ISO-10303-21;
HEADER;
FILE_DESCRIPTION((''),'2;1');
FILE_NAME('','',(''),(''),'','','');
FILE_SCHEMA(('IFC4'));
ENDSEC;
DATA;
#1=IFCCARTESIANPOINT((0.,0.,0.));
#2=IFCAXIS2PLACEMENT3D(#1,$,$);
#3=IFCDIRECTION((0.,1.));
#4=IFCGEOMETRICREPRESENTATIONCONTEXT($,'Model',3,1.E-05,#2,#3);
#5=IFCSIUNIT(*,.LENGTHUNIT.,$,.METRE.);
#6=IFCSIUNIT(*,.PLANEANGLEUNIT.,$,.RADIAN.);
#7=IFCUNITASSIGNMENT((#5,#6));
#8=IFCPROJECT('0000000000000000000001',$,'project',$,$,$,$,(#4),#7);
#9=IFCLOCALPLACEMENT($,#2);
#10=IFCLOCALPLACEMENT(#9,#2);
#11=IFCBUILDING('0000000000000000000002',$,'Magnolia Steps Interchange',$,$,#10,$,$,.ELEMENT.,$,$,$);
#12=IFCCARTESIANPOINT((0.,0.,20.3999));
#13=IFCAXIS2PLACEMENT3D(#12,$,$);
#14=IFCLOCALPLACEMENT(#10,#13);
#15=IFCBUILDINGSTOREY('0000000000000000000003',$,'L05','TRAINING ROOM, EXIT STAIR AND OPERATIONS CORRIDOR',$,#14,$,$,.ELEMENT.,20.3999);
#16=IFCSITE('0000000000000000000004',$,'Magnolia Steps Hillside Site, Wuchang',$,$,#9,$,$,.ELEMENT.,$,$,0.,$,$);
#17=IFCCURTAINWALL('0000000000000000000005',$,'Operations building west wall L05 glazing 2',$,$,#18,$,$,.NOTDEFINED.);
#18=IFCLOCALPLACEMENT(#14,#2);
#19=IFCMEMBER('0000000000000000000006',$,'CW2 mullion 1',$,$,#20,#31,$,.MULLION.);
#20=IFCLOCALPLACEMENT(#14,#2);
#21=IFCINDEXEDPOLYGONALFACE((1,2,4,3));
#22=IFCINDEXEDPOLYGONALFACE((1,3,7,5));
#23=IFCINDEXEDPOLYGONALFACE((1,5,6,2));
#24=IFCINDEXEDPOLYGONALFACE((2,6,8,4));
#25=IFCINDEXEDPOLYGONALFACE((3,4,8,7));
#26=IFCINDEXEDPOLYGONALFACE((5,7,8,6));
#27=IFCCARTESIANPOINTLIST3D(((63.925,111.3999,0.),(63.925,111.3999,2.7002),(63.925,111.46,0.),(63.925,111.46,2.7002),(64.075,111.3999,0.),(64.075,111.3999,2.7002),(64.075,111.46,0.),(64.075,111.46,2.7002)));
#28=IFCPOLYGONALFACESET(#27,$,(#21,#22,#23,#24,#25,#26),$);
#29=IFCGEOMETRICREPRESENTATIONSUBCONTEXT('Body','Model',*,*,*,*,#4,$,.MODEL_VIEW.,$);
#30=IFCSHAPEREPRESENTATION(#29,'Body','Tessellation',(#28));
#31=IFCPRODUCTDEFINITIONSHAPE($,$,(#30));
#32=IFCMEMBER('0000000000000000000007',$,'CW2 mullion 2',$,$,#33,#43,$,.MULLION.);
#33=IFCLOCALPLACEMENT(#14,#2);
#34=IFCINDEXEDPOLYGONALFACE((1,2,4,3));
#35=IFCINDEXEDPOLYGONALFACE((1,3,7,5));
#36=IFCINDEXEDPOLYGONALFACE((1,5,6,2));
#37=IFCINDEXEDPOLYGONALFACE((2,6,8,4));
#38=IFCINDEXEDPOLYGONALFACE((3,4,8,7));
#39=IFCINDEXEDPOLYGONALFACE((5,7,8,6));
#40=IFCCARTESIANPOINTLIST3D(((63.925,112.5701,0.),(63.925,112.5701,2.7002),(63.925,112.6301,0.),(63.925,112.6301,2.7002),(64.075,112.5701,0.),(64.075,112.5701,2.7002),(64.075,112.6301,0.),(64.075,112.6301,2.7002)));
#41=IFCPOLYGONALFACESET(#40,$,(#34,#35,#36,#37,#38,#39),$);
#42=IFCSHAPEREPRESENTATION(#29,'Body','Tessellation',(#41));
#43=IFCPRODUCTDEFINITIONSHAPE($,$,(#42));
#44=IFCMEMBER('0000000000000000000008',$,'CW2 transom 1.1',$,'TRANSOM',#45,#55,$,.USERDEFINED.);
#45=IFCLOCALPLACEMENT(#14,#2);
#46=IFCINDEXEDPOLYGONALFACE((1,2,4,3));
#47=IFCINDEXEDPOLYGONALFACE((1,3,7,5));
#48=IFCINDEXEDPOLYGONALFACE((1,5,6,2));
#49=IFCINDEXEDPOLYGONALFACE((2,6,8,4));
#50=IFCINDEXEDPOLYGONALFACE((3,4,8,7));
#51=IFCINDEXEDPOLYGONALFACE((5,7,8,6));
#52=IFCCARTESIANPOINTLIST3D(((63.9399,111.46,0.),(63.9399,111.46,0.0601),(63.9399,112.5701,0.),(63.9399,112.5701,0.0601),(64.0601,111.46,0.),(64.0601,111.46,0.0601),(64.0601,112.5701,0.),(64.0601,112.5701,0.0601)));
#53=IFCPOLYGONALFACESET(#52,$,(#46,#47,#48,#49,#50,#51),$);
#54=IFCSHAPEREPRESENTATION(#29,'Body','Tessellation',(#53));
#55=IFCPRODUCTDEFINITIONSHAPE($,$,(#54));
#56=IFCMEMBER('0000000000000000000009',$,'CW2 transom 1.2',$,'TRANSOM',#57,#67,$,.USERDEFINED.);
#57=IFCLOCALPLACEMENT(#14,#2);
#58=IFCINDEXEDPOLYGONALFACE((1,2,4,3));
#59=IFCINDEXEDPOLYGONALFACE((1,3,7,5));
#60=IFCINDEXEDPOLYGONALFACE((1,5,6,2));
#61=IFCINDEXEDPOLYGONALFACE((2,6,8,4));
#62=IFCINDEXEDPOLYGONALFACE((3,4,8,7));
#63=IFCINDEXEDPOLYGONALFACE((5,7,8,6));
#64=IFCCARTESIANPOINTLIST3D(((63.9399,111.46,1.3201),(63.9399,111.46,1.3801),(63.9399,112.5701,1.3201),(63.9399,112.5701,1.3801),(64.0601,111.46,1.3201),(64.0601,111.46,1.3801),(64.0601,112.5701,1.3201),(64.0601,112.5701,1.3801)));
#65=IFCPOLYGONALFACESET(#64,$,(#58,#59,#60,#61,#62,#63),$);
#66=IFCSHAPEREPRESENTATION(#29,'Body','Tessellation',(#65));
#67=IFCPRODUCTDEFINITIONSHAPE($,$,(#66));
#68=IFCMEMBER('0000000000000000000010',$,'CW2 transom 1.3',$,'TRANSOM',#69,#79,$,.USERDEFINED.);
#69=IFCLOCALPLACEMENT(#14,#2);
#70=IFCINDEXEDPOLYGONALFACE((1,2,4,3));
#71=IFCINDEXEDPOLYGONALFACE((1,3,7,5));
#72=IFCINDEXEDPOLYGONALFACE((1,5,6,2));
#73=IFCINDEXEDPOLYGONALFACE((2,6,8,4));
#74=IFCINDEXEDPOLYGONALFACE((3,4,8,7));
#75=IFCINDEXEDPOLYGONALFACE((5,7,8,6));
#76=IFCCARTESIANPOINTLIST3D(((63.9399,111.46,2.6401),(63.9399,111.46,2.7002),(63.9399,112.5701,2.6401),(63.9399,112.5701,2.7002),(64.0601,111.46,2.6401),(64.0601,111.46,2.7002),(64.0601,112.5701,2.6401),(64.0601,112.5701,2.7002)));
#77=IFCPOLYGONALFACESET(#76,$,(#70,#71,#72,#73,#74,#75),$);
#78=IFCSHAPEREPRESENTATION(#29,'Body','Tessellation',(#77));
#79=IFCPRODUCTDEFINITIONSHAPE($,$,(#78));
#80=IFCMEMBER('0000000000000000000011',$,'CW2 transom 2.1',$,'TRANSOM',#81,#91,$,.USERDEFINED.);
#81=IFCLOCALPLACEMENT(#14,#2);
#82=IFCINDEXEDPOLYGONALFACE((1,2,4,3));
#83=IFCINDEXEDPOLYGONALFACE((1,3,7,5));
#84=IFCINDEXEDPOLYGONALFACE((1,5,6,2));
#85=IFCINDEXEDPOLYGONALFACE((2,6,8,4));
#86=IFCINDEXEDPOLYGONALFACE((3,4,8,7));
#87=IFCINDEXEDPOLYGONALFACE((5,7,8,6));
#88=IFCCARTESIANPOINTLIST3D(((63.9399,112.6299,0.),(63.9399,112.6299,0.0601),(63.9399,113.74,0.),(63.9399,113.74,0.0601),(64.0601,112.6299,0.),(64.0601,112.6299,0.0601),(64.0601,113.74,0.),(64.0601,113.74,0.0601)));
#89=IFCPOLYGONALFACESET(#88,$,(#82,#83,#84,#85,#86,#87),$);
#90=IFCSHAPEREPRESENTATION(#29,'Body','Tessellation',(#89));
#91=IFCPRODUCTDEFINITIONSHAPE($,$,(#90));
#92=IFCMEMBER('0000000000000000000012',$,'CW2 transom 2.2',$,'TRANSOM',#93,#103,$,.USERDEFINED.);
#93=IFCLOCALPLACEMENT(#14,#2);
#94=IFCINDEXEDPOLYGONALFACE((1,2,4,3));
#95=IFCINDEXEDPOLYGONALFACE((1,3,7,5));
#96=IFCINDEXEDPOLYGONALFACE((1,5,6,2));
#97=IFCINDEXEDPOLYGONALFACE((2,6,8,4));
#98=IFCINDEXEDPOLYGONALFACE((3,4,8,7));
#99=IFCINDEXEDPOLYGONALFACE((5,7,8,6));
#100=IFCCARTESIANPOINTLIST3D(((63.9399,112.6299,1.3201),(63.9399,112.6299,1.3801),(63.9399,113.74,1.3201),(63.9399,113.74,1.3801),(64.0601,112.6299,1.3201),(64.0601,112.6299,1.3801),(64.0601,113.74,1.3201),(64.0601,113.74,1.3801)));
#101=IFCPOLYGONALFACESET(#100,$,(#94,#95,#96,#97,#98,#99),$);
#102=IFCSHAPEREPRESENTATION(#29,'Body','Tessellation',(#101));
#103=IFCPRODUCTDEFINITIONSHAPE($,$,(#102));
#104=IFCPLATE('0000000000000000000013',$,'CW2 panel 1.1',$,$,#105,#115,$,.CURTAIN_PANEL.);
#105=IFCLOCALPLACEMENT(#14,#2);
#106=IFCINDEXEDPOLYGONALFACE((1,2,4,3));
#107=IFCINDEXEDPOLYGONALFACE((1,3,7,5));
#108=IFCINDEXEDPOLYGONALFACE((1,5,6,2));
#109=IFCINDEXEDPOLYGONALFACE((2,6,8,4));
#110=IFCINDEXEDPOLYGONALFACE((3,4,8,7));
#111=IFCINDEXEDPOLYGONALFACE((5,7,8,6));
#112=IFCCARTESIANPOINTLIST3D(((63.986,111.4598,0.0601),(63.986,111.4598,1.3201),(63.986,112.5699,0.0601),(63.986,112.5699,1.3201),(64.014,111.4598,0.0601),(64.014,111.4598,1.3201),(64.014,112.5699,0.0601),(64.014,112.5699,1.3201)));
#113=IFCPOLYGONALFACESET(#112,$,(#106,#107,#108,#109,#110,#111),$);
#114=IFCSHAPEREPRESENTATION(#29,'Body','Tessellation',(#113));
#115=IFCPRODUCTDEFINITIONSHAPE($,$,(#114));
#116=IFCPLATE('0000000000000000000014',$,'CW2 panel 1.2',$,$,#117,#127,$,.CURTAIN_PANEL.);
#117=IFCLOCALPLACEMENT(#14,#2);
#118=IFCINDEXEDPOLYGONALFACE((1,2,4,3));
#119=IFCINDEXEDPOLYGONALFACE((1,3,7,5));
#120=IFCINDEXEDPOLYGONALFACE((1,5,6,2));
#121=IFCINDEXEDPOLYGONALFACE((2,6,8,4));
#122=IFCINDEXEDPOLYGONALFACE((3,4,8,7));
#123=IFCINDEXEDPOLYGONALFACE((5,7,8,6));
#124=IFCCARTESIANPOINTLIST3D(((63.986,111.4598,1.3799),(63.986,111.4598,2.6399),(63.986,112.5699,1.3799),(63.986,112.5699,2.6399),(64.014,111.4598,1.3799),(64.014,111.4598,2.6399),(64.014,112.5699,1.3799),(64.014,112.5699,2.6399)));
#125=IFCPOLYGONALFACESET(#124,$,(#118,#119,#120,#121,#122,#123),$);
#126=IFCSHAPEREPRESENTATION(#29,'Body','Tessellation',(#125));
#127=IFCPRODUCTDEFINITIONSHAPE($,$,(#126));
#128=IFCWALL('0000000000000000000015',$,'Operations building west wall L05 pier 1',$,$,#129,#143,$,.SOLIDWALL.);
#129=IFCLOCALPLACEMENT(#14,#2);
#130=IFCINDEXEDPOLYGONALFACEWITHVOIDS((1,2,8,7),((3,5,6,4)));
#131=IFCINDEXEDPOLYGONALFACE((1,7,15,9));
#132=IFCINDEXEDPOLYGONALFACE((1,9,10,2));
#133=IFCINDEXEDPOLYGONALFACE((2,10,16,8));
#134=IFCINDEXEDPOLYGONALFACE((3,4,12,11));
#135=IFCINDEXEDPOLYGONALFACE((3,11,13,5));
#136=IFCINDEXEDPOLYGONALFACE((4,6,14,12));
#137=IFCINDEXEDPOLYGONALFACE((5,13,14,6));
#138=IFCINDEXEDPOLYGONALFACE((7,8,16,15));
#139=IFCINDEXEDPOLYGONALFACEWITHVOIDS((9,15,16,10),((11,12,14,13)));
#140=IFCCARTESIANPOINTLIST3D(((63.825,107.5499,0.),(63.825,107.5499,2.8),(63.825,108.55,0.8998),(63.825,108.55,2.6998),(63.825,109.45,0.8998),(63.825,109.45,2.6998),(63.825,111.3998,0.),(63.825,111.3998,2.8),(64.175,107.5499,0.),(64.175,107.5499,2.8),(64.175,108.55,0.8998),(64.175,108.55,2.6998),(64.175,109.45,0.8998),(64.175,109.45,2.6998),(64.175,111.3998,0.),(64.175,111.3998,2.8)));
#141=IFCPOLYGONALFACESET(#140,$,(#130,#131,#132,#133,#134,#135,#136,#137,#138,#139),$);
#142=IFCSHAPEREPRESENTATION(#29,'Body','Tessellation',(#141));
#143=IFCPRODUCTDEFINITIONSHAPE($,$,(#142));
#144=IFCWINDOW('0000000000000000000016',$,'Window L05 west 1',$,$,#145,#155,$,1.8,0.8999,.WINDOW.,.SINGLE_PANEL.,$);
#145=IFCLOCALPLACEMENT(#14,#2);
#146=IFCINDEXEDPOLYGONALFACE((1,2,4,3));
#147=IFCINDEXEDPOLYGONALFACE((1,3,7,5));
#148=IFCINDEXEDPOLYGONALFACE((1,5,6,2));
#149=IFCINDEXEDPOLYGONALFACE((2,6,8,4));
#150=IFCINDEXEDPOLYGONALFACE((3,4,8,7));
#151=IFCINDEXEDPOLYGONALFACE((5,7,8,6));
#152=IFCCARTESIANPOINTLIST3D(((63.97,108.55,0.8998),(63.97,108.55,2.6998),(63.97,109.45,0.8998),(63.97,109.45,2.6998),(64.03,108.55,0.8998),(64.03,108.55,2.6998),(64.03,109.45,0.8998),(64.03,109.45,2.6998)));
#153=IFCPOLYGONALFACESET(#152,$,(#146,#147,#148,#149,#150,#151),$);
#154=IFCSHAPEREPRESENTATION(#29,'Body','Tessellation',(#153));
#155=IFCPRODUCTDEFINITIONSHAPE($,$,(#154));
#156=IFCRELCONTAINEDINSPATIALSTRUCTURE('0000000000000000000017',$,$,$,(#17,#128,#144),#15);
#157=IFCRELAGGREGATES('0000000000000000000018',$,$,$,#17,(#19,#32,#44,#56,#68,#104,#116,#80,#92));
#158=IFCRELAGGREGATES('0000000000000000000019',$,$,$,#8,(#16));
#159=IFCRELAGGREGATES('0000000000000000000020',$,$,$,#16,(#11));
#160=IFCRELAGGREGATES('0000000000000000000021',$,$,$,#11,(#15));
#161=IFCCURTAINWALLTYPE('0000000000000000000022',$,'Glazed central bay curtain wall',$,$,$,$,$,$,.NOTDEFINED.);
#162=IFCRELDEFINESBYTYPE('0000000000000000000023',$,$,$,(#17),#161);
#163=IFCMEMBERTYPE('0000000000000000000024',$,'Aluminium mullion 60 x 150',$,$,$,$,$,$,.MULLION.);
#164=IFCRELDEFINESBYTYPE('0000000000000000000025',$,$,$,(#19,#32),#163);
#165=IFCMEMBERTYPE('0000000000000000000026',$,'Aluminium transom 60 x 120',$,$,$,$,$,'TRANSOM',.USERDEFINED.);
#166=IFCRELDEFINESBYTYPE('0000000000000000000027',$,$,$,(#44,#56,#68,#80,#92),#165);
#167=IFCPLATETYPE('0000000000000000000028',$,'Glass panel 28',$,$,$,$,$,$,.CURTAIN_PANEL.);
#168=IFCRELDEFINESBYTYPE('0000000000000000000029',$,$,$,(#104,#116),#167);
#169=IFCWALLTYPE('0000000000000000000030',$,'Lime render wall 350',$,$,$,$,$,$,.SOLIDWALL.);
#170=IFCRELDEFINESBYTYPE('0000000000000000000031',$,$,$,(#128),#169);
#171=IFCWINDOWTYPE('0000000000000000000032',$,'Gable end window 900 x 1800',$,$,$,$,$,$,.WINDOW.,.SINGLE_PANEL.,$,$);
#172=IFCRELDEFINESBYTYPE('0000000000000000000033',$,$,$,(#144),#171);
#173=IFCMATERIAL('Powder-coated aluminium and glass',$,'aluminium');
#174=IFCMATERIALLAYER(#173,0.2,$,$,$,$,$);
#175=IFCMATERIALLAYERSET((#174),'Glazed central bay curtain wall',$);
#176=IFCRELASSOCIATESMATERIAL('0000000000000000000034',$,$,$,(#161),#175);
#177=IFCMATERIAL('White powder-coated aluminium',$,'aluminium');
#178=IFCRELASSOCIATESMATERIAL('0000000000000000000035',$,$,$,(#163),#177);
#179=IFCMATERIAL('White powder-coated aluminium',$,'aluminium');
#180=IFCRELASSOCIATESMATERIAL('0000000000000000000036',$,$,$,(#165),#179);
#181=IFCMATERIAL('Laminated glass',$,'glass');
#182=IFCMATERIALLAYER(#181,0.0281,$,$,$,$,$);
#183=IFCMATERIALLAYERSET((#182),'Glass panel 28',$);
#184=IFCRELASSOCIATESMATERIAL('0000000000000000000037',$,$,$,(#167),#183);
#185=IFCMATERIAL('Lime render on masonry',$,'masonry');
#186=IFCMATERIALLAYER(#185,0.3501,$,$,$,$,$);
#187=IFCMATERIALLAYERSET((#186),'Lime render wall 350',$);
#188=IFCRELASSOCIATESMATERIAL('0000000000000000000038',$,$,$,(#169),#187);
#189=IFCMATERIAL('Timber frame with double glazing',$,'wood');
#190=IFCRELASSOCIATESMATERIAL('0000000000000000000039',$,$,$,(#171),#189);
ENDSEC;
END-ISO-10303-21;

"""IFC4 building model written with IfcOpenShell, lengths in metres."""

from ifc_helpers import new_model, si_unit, direction, frame, frame_2d, origin, origin_2d, place, context, subcontext, project, spatial, rectangle, extrude, material, layer, layer_set, material_profile, profile_set, type_object, element, fill, aggregate, save


model = new_model("IFC4")

# Units and contexts
model_context = context("Model", 3, precision=1e-05, world=origin(), true_north=direction((0.0, 1.0)))
body_context = subcontext(model_context, "Body", "Model", "MODEL_VIEW")
ifc_project = project(units=[si_unit("LENGTHUNIT", "METRE"), si_unit("PLANEANGLEUNIT", "RADIAN")], contexts=[model_context])

# Site, building, storey
site_placement = place(None, origin())
site = spatial("IfcSite", under=ifc_project, at=site_placement, Name="Magnolia Steps Hillside Site, Wuchang", CompositionType="ELEMENT", RefElevation=0.0)
building_placement = place(site_placement, origin())
building = spatial("IfcBuilding", under=site, at=building_placement, Name="Magnolia Steps Interchange", CompositionType="ELEMENT")
storey_placement = place(building_placement, frame((0.0, 0.0, 20.3999)))
storey = spatial("IfcBuildingStorey", under=building, at=storey_placement, Name="L05", Description="TRAINING ROOM, EXIT STAIR AND OPERATIONS CORRIDOR", CompositionType="ELEMENT", Elevation=20.3999)

# Curtain wall, members, plates
ifc_material_1 = material(Name="Powder-coated aluminium and glass", Category="aluminium")
ifc_layer_1 = layer(ifc_material_1, 0.2)
ifc_layer_set_1 = layer_set([ifc_layer_1], Name="Glazed central bay curtain wall")
curtain_wall_type = type_object("IfcCurtainWallType", Name="Glazed central bay curtain wall", PredefinedType="NOTDEFINED", material=ifc_layer_set_1)
curtain_wall_placement = place(storey_placement, origin())
curtain_wall = element("IfcCurtainWall", 1, at=curtain_wall_placement, inside=storey, type_object=curtain_wall_type, Name="Operations building west wall L05 glazing 2", PredefinedType="NOTDEFINED")
ifc_material_2 = material(Name="White powder-coated aluminium", Category="aluminium")
ifc_material_profile_1 = material_profile(ifc_material_2, rectangle(XDim=0.0601, YDim=0.1499, at=origin_2d()), Name="Aluminium mullion 60 x 150")
ifc_profile_set_1 = profile_set([ifc_material_profile_1], Name="White powder-coated aluminium")
member_type_1 = type_object("IfcMemberType", Name="Aluminium mullion 60 x 150", PredefinedType="MULLION", material=ifc_profile_set_1)
member_1_placement = place(storey_placement, frame((64.0, 111.4299, 0.0), z_axis=(0.0, 0.0, 1.0), x_axis=(0.0, 1.0, 0.0)))
member_1 = element("IfcMember", 2, at=member_1_placement, type_object=member_type_1, Name="CW2 mullion 1", PredefinedType="MULLION", context=body_context, shape_type="SweptSolid", body=[
    extrude(rectangle(XDim=0.0601, YDim=0.1499, at=origin_2d()), origin(), (0.0, 0.0, 1.0), 2.7002),
])
member_2_placement = place(storey_placement, frame((64.0, 112.6001, 0.0), z_axis=(0.0, 0.0, 1.0), x_axis=(0.0, 1.0, 0.0)))
member_2 = element("IfcMember", 3, at=member_2_placement, type_object=member_type_1, Name="CW2 mullion 2", PredefinedType="MULLION", context=body_context, shape_type="SweptSolid", body=[
    extrude(rectangle(XDim=0.0601, YDim=0.1499, at=origin_2d()), origin(), (0.0, 0.0, 1.0), 2.7002),
])
ifc_material_3 = material(Name="White powder-coated aluminium", Category="aluminium")
ifc_material_profile_2 = material_profile(ifc_material_3, rectangle(XDim=0.0601, YDim=0.1201, at=origin_2d()), Name="Aluminium transom 60 x 120")
ifc_profile_set_2 = profile_set([ifc_material_profile_2], Name="White powder-coated aluminium")
member_type_2 = type_object("IfcMemberType", Name="Aluminium transom 60 x 120", ElementType="TRANSOM", PredefinedType="USERDEFINED", material=ifc_profile_set_2)
member_3_placement = place(storey_placement, frame((64.0, 111.46, 0.03), z_axis=(0.0, 1.0, 0.0), x_axis=(0.0, 0.0, 1.0)))
member_3 = element("IfcMember", 4, at=member_3_placement, type_object=member_type_2, Name="CW2 transom 1.1", ObjectType="TRANSOM", PredefinedType="USERDEFINED", context=body_context, shape_type="SweptSolid", body=[
    extrude(rectangle(XDim=0.0601, YDim=0.1201, at=origin_2d()), origin(), (0.0, 0.0, 1.0), 1.1101),
])
member_4_placement = place(storey_placement, frame((64.0, 111.46, 1.3501), z_axis=(0.0, 1.0, 0.0), x_axis=(0.0, 0.0, 1.0)))
member_4 = element("IfcMember", 5, at=member_4_placement, type_object=member_type_2, Name="CW2 transom 1.2", ObjectType="TRANSOM", PredefinedType="USERDEFINED", context=body_context, shape_type="SweptSolid", body=[
    extrude(rectangle(XDim=0.0601, YDim=0.1201, at=origin_2d()), origin(), (0.0, 0.0, 1.0), 1.1101),
])
member_5_placement = place(storey_placement, frame((64.0, 111.46, 2.6702), z_axis=(0.0, 1.0, 0.0), x_axis=(0.0, 0.0, 1.0)))
member_5 = element("IfcMember", 6, at=member_5_placement, type_object=member_type_2, Name="CW2 transom 1.3", ObjectType="TRANSOM", PredefinedType="USERDEFINED", context=body_context, shape_type="SweptSolid", body=[
    extrude(rectangle(XDim=0.0601, YDim=0.1201, at=origin_2d()), origin(), (0.0, 0.0, 1.0), 1.1101),
])
member_6_placement = place(storey_placement, frame((64.0, 112.6299, 0.03), z_axis=(0.0, 1.0, 0.0), x_axis=(0.0, 0.0, 1.0)))
member_6 = element("IfcMember", 7, at=member_6_placement, type_object=member_type_2, Name="CW2 transom 2.1", ObjectType="TRANSOM", PredefinedType="USERDEFINED", context=body_context, shape_type="SweptSolid", body=[
    extrude(rectangle(XDim=0.0601, YDim=0.1201, at=origin_2d()), origin(), (0.0, 0.0, 1.0), 1.1101),
])
member_7_placement = place(storey_placement, frame((64.0, 112.6299, 1.3501), z_axis=(0.0, 1.0, 0.0), x_axis=(0.0, 0.0, 1.0)))
member_7 = element("IfcMember", 8, at=member_7_placement, type_object=member_type_2, Name="CW2 transom 2.2", ObjectType="TRANSOM", PredefinedType="USERDEFINED", context=body_context, shape_type="SweptSolid", body=[
    extrude(rectangle(XDim=0.0601, YDim=0.1201, at=origin_2d()), origin(), (0.0, 0.0, 1.0), 1.1101),
])
ifc_material_4 = material(Name="Laminated glass", Category="glass")
ifc_layer_2 = layer(ifc_material_4, 0.0281)
ifc_layer_set_2 = layer_set([ifc_layer_2], Name="Glass panel 28")
plate_type = type_object("IfcPlateType", Name="Glass panel 28", PredefinedType="CURTAIN_PANEL", material=ifc_layer_set_2)
plate_1_placement = place(storey_placement, frame((64.0, 112.0149, 0.0601), z_axis=(0.0, 0.0, 1.0), x_axis=(0.0, 1.0, 0.0)))
plate_1 = element("IfcPlate", 9, at=plate_1_placement, type_object=plate_type, Name="CW2 panel 1.1", PredefinedType="CURTAIN_PANEL", context=body_context, shape_type="SweptSolid", body=[
    extrude(rectangle(XDim=1.1101, YDim=0.0281, at=origin_2d()), origin(), (0.0, 0.0, 1.0), 1.26),
])
plate_2_placement = place(storey_placement, frame((64.0, 112.0149, 1.3799), z_axis=(0.0, 0.0, 1.0), x_axis=(0.0, 1.0, 0.0)))
plate_2 = element("IfcPlate", 10, at=plate_2_placement, type_object=plate_type, Name="CW2 panel 1.2", PredefinedType="CURTAIN_PANEL", context=body_context, shape_type="SweptSolid", body=[
    extrude(rectangle(XDim=1.1101, YDim=0.0281, at=origin_2d()), origin(), (0.0, 0.0, 1.0), 1.26),
])
aggregate(curtain_wall, [member_1, member_2, member_3, member_4, member_5, plate_1, plate_2, member_6, member_7])

# Wall, opening, window
ifc_material_5 = material(Name="Lime render on masonry", Category="masonry")
ifc_layer_3 = layer(ifc_material_5, 0.3501)
ifc_layer_set_3 = layer_set([ifc_layer_3], Name="Lime render wall 350")
wall_type_1 = type_object("IfcWallType", Name="Lime render wall 350", PredefinedType="SOLIDWALL", material=ifc_layer_set_3)
wall_1_placement = place(storey_placement, frame((64.0, 107.55, 0.0), z_axis=(0.0, 0.0, 1.0), x_axis=(0.0, 1.0, 0.0)))
wall_1 = element("IfcWall", 11, at=wall_1_placement, inside=storey, type_object=wall_type_1, Name="Operations building west wall L05 pier 1", PredefinedType="SOLIDWALL", context=body_context, shape_type="SweptSolid", body=[
    extrude(rectangle(XDim=3.8499, YDim=0.3501, at=frame_2d((1.9248, 0.0))), origin(), (0.0, 0.0, 1.0), 2.8),
])
opening_1_placement = place(wall_1_placement, frame((1.0, 0.0, 0.8999)))
opening_1 = element("IfcOpeningElement", 12, at=opening_1_placement, cuts=wall_1, PredefinedType="OPENING", context=body_context, shape_type="SweptSolid", body=[
    extrude(rectangle(XDim=0.8999, YDim=1.8, at=frame_2d((0.45, 0.8999))), frame((0.0, 0.1851, 0.0), z_axis=(0.0, -1.0, 0.0), x_axis=(1.0, 0.0, 0.0)), (0.0, 0.0, 1.0), 0.3701),
])
ifc_material_6 = material(Name="Timber frame with double glazing", Category="wood")
window_type = type_object("IfcWindowType", Name="Gable end window 900 x 1800", PartitioningType="SINGLE_PANEL", PredefinedType="WINDOW", material=ifc_material_6)
window_placement = place(opening_1_placement, origin())
window = element("IfcWindow", 13, at=window_placement, inside=storey, type_object=window_type, Name="Window L05 west 1", OverallHeight=1.8, OverallWidth=0.8999, PartitioningType="SINGLE_PANEL", PredefinedType="WINDOW", context=body_context, shape_type="SweptSolid", body=[
    extrude(rectangle(XDim=0.8999, YDim=1.8, at=frame_2d((0.45, 0.8999))), frame((0.0, 0.03, 0.0), z_axis=(0.0, -1.0, 0.0), x_axis=(1.0, 0.0, 0.0)), (0.0, 0.0, 1.0), 0.0601),
])
fill(opening_1, window)

save(model, "model.ifc")
